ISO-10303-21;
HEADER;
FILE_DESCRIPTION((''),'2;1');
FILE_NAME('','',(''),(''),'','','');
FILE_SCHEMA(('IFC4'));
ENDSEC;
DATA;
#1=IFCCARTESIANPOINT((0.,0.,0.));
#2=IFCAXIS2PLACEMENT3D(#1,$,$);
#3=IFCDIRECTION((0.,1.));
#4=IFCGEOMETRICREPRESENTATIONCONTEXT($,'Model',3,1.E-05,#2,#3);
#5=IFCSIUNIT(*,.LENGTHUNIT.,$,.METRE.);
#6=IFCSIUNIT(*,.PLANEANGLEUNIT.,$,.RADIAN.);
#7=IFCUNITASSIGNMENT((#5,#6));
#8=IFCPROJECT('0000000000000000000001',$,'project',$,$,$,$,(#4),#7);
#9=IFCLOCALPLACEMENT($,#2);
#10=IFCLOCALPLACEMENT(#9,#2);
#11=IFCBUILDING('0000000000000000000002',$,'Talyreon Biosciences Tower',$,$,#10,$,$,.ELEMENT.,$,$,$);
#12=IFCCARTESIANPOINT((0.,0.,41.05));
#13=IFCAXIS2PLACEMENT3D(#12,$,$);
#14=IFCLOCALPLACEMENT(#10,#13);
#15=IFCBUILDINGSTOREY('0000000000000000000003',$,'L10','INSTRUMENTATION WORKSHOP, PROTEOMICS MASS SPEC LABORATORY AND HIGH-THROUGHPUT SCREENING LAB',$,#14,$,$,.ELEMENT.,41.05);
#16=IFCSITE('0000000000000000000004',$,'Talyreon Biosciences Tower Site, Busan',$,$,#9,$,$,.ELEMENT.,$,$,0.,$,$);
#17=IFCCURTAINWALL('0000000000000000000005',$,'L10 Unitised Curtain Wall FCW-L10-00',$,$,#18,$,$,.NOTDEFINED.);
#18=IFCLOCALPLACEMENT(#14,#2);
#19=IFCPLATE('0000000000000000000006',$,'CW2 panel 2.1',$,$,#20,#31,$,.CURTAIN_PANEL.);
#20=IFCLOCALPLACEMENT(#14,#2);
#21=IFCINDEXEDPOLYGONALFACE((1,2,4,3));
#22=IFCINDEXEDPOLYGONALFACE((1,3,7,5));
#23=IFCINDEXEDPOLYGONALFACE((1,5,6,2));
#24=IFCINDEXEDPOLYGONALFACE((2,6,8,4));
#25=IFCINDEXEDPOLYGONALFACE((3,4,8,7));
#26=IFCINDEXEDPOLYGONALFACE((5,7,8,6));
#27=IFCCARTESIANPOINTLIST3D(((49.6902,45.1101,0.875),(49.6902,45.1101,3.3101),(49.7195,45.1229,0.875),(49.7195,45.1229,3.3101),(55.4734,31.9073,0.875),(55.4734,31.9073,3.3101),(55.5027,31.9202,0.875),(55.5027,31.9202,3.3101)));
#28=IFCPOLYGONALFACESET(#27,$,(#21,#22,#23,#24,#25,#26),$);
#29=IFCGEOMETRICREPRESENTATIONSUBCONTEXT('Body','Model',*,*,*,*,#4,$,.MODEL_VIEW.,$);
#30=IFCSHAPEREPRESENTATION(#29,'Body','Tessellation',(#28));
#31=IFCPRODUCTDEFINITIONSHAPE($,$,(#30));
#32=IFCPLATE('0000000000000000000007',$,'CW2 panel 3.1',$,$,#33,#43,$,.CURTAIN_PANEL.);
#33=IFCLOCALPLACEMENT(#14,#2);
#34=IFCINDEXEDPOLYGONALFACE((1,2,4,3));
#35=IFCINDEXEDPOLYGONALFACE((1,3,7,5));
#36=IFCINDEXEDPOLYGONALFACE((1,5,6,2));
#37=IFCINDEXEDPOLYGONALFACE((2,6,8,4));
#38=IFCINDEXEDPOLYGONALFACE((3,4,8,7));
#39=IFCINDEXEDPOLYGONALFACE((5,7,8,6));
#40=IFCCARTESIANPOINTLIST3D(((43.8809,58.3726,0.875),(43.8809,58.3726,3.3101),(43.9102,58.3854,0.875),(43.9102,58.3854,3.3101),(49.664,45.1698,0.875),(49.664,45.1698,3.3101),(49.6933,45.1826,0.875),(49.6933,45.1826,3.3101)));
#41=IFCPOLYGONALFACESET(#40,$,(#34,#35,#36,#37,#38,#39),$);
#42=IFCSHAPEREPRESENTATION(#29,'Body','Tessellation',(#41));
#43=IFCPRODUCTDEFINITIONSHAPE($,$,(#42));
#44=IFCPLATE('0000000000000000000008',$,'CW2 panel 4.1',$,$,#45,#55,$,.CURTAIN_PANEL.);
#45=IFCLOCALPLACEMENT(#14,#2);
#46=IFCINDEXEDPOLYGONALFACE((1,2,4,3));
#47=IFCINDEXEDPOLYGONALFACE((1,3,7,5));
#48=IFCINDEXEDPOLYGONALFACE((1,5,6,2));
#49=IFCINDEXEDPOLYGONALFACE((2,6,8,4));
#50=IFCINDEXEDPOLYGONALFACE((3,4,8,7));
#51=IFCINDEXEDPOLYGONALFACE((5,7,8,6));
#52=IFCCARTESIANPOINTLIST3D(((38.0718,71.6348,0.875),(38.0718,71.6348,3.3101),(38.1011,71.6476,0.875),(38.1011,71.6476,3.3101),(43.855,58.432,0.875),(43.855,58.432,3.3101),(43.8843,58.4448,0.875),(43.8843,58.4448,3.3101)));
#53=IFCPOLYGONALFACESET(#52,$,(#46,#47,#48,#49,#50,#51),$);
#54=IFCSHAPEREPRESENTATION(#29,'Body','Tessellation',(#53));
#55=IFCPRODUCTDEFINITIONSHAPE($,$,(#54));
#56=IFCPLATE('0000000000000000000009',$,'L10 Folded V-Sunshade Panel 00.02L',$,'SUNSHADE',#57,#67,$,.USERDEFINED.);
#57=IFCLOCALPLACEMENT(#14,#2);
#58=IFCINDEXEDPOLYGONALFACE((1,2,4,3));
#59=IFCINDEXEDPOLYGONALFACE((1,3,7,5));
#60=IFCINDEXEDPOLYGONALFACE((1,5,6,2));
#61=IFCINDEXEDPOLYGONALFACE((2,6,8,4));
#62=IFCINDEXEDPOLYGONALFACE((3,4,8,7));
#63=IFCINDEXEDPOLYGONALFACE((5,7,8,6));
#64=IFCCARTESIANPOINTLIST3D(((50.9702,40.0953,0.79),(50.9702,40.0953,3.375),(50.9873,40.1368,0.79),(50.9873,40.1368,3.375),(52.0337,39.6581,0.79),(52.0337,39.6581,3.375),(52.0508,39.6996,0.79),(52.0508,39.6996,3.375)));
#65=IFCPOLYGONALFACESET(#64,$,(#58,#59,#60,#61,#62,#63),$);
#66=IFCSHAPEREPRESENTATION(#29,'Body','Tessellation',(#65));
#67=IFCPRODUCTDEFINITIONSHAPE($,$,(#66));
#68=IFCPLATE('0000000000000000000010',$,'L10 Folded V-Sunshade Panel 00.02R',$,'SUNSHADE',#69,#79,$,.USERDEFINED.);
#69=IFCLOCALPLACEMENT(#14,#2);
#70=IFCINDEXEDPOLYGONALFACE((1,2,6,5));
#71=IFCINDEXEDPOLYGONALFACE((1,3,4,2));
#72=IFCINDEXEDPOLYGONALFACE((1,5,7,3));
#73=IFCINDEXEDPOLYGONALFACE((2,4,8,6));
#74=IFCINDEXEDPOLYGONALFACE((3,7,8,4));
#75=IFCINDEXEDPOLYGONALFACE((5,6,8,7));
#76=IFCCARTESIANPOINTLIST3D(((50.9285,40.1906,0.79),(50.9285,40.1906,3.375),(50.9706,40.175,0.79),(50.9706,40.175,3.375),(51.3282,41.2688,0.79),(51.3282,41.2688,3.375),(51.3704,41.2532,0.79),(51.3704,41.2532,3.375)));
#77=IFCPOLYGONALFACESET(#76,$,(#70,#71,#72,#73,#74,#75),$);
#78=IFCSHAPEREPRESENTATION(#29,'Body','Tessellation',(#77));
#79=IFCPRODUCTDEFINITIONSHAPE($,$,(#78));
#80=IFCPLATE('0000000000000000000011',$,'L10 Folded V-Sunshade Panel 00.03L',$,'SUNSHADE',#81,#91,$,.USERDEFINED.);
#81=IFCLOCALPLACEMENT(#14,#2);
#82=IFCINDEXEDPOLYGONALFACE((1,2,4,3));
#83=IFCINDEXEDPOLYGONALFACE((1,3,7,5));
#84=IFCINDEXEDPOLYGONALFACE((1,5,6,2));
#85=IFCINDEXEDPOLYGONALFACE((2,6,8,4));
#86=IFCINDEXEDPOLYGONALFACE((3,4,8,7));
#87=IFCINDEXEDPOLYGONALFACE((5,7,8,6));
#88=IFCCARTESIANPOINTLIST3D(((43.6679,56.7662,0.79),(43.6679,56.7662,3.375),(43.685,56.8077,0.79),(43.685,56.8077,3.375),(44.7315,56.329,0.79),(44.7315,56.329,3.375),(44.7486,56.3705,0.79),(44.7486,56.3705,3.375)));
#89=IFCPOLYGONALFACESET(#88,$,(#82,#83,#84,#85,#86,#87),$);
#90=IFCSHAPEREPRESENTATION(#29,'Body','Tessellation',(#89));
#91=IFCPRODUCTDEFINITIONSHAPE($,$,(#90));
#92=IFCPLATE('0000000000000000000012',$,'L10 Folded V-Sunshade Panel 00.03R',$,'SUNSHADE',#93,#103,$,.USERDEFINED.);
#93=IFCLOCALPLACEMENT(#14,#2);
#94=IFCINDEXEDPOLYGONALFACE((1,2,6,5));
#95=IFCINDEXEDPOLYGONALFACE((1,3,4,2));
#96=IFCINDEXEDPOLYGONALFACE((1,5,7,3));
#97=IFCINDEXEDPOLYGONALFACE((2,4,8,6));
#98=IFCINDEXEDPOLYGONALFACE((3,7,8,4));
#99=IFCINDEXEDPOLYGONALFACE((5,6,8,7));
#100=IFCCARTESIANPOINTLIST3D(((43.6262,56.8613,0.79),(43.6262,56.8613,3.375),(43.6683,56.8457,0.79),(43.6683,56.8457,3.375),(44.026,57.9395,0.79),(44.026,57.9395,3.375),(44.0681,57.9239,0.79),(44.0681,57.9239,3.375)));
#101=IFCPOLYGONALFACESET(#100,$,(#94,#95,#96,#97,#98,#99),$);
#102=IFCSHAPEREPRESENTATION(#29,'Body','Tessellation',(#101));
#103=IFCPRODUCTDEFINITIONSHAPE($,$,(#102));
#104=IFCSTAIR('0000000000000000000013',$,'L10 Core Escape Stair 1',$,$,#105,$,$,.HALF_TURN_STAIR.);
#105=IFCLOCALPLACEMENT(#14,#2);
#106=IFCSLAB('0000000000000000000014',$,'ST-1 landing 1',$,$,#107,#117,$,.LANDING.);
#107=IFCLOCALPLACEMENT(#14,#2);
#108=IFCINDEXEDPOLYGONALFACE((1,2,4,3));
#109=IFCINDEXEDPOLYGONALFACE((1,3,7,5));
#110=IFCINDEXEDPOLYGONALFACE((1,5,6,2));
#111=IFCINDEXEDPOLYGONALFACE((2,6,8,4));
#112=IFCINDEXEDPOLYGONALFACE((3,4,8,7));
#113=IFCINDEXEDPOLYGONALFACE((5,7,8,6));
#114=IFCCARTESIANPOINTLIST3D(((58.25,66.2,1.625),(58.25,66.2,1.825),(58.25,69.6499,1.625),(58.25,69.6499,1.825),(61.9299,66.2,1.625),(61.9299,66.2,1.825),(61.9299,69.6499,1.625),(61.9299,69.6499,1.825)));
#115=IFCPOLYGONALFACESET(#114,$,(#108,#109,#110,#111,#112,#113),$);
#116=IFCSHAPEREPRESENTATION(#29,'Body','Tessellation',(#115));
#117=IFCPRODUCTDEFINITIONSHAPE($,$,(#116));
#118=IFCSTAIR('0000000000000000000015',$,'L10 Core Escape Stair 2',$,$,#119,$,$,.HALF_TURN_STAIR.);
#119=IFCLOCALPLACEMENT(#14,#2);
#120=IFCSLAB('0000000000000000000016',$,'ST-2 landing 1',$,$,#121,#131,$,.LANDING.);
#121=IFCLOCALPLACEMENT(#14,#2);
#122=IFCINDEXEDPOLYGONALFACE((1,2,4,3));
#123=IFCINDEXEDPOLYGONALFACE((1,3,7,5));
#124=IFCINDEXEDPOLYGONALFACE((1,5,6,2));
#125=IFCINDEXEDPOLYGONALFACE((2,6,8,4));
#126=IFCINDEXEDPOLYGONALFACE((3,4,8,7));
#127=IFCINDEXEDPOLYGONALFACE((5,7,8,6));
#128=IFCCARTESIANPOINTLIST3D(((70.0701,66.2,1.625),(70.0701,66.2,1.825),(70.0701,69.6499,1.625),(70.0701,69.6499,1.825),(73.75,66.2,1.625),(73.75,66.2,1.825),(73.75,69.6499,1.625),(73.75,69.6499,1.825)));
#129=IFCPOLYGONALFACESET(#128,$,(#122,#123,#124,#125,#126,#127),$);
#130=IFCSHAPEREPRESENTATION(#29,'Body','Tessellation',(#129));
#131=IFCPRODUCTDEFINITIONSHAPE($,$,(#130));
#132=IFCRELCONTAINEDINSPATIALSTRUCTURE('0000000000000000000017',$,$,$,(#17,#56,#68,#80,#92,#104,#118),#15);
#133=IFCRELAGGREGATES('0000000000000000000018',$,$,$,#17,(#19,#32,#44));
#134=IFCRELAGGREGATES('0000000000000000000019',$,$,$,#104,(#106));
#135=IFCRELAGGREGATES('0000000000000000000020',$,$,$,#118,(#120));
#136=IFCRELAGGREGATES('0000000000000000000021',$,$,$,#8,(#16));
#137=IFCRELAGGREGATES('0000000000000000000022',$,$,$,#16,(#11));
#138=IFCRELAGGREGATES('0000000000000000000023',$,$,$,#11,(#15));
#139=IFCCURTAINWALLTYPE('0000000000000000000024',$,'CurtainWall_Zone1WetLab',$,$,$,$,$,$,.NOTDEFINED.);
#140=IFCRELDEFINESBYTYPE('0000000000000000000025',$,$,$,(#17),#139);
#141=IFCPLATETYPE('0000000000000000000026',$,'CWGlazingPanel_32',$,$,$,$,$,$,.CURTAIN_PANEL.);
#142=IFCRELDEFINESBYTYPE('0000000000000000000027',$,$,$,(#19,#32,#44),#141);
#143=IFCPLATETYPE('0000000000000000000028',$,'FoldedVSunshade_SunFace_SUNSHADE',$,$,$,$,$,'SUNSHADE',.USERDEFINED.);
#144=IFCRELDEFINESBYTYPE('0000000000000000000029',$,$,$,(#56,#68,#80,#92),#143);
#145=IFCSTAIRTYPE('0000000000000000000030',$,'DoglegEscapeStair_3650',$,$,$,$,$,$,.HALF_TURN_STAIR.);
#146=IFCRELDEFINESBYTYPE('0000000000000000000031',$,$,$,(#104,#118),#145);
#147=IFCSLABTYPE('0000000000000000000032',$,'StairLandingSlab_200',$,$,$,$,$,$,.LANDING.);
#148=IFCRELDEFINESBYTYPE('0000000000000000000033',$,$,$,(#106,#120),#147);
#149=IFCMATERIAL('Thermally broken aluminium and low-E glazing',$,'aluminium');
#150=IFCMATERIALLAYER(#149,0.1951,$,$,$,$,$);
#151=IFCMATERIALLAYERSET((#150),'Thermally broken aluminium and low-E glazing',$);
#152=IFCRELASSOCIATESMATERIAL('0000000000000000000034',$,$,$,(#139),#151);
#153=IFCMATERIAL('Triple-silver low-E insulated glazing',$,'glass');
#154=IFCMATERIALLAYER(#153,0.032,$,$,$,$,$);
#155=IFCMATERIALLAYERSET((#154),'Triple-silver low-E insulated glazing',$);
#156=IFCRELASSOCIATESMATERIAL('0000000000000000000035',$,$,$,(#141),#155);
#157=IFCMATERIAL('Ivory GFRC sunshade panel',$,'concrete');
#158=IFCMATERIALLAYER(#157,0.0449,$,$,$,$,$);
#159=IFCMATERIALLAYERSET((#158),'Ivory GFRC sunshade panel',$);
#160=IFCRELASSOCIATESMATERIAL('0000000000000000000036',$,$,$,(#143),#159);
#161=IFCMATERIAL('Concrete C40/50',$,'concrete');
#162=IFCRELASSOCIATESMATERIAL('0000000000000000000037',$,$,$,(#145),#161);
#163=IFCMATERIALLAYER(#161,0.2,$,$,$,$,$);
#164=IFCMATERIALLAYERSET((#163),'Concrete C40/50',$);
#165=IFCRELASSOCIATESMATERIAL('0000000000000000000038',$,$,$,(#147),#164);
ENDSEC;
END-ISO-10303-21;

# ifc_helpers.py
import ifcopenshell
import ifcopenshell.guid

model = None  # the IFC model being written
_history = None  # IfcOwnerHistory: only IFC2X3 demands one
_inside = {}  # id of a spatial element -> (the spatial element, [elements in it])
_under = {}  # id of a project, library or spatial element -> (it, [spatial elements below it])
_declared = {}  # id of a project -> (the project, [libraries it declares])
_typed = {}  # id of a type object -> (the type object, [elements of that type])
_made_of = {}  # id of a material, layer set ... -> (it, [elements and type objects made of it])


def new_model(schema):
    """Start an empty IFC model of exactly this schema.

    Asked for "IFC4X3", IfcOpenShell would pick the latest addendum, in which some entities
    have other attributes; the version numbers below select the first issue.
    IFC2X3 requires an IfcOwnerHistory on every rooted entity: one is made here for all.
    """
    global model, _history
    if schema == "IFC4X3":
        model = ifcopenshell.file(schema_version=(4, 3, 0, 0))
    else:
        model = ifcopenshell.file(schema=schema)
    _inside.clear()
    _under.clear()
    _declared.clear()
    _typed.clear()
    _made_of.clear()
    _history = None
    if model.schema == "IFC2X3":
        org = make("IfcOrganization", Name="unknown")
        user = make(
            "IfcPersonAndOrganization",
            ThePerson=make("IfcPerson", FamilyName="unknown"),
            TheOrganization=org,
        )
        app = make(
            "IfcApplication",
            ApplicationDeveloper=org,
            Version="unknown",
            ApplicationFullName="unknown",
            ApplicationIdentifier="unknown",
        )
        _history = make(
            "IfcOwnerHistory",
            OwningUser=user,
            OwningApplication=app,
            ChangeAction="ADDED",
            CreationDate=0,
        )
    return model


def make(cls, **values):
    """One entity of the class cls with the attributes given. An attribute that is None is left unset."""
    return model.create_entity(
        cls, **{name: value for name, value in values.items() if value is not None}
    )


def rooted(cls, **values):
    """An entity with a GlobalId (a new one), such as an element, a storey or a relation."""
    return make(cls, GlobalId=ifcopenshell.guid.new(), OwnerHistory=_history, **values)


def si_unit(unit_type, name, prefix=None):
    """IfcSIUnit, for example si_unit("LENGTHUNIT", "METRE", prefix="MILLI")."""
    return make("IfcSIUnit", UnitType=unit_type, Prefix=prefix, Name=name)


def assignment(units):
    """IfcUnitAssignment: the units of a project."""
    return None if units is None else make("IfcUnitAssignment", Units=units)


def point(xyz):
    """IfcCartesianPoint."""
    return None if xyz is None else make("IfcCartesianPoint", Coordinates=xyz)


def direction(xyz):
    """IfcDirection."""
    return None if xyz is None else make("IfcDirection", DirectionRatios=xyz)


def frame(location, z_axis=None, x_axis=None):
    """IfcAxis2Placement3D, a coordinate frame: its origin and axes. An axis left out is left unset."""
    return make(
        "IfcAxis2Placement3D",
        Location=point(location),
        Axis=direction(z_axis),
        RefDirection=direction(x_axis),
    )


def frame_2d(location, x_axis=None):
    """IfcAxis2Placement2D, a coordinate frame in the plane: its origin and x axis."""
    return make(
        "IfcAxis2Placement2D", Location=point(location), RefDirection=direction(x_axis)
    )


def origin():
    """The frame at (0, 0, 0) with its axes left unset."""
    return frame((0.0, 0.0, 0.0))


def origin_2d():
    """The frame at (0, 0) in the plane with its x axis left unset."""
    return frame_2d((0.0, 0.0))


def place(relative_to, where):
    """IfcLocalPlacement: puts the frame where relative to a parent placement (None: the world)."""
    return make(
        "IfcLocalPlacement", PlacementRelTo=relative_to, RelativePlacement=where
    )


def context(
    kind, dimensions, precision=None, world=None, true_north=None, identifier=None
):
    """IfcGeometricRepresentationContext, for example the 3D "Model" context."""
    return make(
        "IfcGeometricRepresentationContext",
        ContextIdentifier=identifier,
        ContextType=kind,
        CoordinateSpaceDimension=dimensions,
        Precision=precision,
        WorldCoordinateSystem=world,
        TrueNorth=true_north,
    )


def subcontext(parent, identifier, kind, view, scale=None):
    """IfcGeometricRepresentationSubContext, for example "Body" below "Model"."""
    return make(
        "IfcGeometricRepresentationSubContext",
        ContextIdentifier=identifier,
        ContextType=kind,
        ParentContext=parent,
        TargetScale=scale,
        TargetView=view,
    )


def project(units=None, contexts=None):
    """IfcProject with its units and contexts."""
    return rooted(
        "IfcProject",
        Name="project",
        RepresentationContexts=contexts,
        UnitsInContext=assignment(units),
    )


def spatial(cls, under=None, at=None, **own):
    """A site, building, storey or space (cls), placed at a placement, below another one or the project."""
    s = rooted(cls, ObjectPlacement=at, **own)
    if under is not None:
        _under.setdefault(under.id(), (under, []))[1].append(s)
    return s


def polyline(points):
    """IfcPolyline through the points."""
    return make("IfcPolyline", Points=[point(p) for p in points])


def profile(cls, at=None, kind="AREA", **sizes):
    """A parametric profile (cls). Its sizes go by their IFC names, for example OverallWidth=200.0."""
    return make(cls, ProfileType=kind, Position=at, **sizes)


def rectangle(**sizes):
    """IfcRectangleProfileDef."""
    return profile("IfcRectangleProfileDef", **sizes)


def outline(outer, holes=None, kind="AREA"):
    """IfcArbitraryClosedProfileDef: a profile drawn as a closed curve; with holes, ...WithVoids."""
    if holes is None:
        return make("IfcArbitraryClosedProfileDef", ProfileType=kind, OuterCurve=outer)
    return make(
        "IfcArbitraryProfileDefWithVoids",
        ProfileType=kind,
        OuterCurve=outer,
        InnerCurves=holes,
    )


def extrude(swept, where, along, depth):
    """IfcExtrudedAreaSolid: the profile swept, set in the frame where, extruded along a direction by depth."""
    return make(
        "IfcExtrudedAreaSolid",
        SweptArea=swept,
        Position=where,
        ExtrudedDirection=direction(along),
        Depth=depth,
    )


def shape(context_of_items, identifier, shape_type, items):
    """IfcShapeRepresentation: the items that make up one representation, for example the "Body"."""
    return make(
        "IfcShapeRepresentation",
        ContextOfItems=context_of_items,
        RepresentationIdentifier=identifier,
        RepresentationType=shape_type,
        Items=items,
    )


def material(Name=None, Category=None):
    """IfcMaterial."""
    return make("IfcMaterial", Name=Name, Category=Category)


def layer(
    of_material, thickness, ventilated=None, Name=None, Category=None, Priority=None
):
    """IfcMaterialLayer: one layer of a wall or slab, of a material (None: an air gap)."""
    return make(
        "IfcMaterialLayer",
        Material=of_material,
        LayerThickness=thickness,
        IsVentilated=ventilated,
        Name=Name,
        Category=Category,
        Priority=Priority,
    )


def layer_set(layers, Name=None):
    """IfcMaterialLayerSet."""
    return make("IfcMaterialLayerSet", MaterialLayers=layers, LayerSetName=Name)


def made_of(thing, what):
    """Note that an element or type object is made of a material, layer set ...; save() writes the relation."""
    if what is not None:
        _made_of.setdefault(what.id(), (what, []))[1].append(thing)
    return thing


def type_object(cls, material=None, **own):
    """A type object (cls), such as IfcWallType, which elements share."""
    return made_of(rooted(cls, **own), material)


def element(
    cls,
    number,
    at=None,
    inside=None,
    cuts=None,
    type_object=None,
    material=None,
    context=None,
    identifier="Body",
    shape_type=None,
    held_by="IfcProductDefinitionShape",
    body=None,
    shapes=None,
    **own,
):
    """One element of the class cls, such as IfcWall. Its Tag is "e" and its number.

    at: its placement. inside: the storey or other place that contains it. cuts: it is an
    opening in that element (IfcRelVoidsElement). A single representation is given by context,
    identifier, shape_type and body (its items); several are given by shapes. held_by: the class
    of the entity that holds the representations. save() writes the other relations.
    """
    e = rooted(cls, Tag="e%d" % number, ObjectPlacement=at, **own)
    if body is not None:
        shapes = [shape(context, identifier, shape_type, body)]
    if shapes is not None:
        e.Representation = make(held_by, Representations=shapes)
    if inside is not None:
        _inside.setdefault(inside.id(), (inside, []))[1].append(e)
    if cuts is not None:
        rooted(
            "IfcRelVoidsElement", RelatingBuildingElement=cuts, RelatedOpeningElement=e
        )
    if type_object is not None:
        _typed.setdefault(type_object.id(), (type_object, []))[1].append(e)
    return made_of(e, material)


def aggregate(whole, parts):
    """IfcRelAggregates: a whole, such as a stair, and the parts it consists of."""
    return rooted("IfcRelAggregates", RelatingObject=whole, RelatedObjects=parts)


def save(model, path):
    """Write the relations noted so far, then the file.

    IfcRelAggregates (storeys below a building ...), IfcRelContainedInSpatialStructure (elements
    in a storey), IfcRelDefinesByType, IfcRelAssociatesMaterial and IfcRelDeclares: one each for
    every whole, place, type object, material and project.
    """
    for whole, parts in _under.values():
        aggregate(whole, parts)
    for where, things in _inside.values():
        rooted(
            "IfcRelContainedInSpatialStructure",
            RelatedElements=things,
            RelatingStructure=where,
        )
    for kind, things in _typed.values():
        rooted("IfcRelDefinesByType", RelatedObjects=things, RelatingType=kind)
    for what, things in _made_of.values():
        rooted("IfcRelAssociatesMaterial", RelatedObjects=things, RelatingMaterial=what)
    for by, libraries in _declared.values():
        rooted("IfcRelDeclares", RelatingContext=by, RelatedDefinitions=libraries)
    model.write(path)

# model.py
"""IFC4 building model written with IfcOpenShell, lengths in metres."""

from ifc_helpers import new_model, si_unit, direction, frame, origin, origin_2d, place, context, subcontext, project, spatial, polyline, rectangle, outline, extrude, material, layer, layer_set, type_object, element, aggregate, save


model = new_model("IFC4")

# Units and contexts
model_context = context("Model", 3, precision=1e-05, world=origin(), true_north=direction((0.0, 1.0)))
body_context = subcontext(model_context, "Body", "Model", "MODEL_VIEW")
ifc_project = project(units=[si_unit("LENGTHUNIT", "METRE"), si_unit("PLANEANGLEUNIT", "RADIAN")], contexts=[model_context])

# Site, building, storey
site_placement = place(None, origin())
site = spatial("IfcSite", under=ifc_project, at=site_placement, Name="Talyreon Biosciences Tower Site, Busan", CompositionType="ELEMENT", RefElevation=0.0)
building_placement = place(site_placement, origin())
building = spatial("IfcBuilding", under=site, at=building_placement, Name="Talyreon Biosciences Tower", CompositionType="ELEMENT")
storey_placement = place(building_placement, frame((0.0, 0.0, 41.05)))
storey = spatial("IfcBuildingStorey", under=building, at=storey_placement, Name="L10", Description="INSTRUMENTATION WORKSHOP, PROTEOMICS MASS SPEC LABORATORY AND HIGH-THROUGHPUT SCREENING LAB", CompositionType="ELEMENT", Elevation=41.05)

# Curtain wall
ifc_material_1 = material(Name="Thermally broken aluminium and low-E glazing", Category="aluminium")
ifc_layer_1 = layer(ifc_material_1, 0.1951)
ifc_layer_set_1 = layer_set([ifc_layer_1], Name="Thermally broken aluminium and low-E glazing")
curtain_wall_type = type_object("IfcCurtainWallType", Name="CurtainWall_Zone1WetLab", PredefinedType="NOTDEFINED", material=ifc_layer_set_1)
curtain_wall_placement = place(storey_placement, origin())
curtain_wall = element("IfcCurtainWall", 1, at=curtain_wall_placement, inside=storey, type_object=curtain_wall_type, Name="L10 Unitised Curtain Wall FCW-L10-00", PredefinedType="NOTDEFINED")

# Plates
ifc_material_2 = material(Name="Triple-silver low-E insulated glazing", Category="glass")
ifc_layer_2 = layer(ifc_material_2, 0.032)
ifc_layer_set_2 = layer_set([ifc_layer_2], Name="Triple-silver low-E insulated glazing")
plate_type_1 = type_object("IfcPlateType", Name="CWGlazingPanel_32", PredefinedType="CURTAIN_PANEL", material=ifc_layer_set_2)
plate_1_placement = place(storey_placement, frame((52.5964, 38.5151, 0.875), z_axis=(0.0, 0.0, 1.0), x_axis=(-0.401223, 0.91598, 0.0)))
plate_1 = element("IfcPlate", 2, at=plate_1_placement, type_object=plate_type_1, Name="CW2 panel 2.1", PredefinedType="CURTAIN_PANEL", context=body_context, shape_type="SweptSolid", body=[
    extrude(rectangle(XDim=14.4138, YDim=0.032, at=origin_2d()), origin(), (0.0, 0.0, 1.0), 2.4351),
])
plate_2_placement = place(storey_placement, frame((46.7871, 51.7776, 0.875), z_axis=(0.0, 0.0, 1.0), x_axis=(-0.401223, 0.91598, 0.0)))
plate_2 = element("IfcPlate", 3, at=plate_2_placement, type_object=plate_type_1, Name="CW2 panel 3.1", PredefinedType="CURTAIN_PANEL", context=body_context, shape_type="SweptSolid", body=[
    extrude(rectangle(XDim=14.4138, YDim=0.032, at=origin_2d()), origin(), (0.0, 0.0, 1.0), 2.4351),
])
plate_3_placement = place(storey_placement, frame((40.978, 65.0398, 0.875), z_axis=(0.0, 0.0, 1.0), x_axis=(-0.401223, 0.91598, 0.0)))
plate_3 = element("IfcPlate", 4, at=plate_3_placement, type_object=plate_type_1, Name="CW2 panel 4.1", PredefinedType="CURTAIN_PANEL", context=body_context, shape_type="SweptSolid", body=[
    extrude(rectangle(XDim=14.4138, YDim=0.032, at=origin_2d()), origin(), (0.0, 0.0, 1.0), 2.4351),
])
aggregate(curtain_wall, [plate_1, plate_2, plate_3])

# Plates
ifc_material_3 = material(Name="Ivory GFRC sunshade panel", Category="concrete")
ifc_layer_3 = layer(ifc_material_3, 0.0449)
ifc_layer_set_3 = layer_set([ifc_layer_3], Name="Ivory GFRC sunshade panel")
plate_type_2 = type_object("IfcPlateType", Name="FoldedVSunshade_SunFace_SUNSHADE", ElementType="SUNSHADE", PredefinedType="USERDEFINED", material=ifc_layer_set_3)
for number, where, z_axis, x_axis, name in (
    (5, (51.5105, 39.8975, 0.79), (0.0, 0.0, 1.0), (-0.924911, 0.380183, 0.0), "L10 Folded V-Sunshade Panel 00.02L"),
    (6, (51.1494, 40.7219, 0.79), (0.0, 0.0, 1.0), (0.347672, 0.937616, 0.0), "L10 Folded V-Sunshade Panel 00.02R"),
    (7, (44.2083, 56.5684, 0.79), (0.0, 0.0, 1.0), (-0.924911, 0.380183, 0.0), "L10 Folded V-Sunshade Panel 00.03L"),
    (8, (43.8472, 57.3926, 0.79), (0.0, 0.0, 1.0), (0.347672, 0.937616, 0.0), "L10 Folded V-Sunshade Panel 00.03R"),
):
    element("IfcPlate", number, at=place(storey_placement, frame(where, z_axis=z_axis, x_axis=x_axis)), inside=storey, type_object=plate_type_2, Name=name, ObjectType="SUNSHADE", PredefinedType="USERDEFINED", context=body_context, shape_type="SweptSolid", body=[
        extrude(rectangle(XDim=1.1499, YDim=0.0449, at=origin_2d()), origin(), (0.0, 0.0, 1.0), 2.585),
    ])

# Stairs, slabs
ifc_material_4 = material(Name="Concrete C40/50", Category="concrete")
stair_type = type_object("IfcStairType", Name="DoglegEscapeStair_3650", PredefinedType="HALF_TURN_STAIR", material=ifc_material_4)
stair_1_placement = place(storey_placement, origin())
stair_1 = element("IfcStair", 9, at=stair_1_placement, inside=storey, type_object=stair_type, Name="L10 Core Escape Stair 1", PredefinedType="HALF_TURN_STAIR")
ifc_layer_4 = layer(ifc_material_4, 0.2)
ifc_layer_set_4 = layer_set([ifc_layer_4], Name="Concrete C40/50")
slab_type_1 = type_object("IfcSlabType", Name="StairLandingSlab_200", PredefinedType="LANDING", material=ifc_layer_set_4)
slab_1_placement = place(storey_placement, frame((0.0, 0.0, 1.625)))
slab_1 = element("IfcSlab", 10, at=slab_1_placement, type_object=slab_type_1, Name="ST-1 landing 1", PredefinedType="LANDING", context=body_context, shape_type="SweptSolid", body=[
    extrude(outline(polyline([(61.9299, 66.2), (61.9299, 69.6499), (58.25, 69.6499), (58.25, 66.2), (61.9299, 66.2)])), origin(), (0.0, 0.0, 1.0), 0.2),
])
aggregate(stair_1, [slab_1])
stair_2_placement = place(storey_placement, origin())
stair_2 = element("IfcStair", 11, at=stair_2_placement, inside=storey, type_object=stair_type, Name="L10 Core Escape Stair 2", PredefinedType="HALF_TURN_STAIR")
slab_2_placement = place(storey_placement, frame((0.0, 0.0, 1.625)))
slab_2 = element("IfcSlab", 12, at=slab_2_placement, type_object=slab_type_1, Name="ST-2 landing 1", PredefinedType="LANDING", context=body_context, shape_type="SweptSolid", body=[
    extrude(outline(polyline([(73.75, 66.2), (73.75, 69.6499), (70.0701, 69.6499), (70.0701, 66.2), (73.75, 66.2)])), origin(), (0.0, 0.0, 1.0), 0.2),
])
aggregate(stair_2, [slab_2])

save(model, "model.ifc")
